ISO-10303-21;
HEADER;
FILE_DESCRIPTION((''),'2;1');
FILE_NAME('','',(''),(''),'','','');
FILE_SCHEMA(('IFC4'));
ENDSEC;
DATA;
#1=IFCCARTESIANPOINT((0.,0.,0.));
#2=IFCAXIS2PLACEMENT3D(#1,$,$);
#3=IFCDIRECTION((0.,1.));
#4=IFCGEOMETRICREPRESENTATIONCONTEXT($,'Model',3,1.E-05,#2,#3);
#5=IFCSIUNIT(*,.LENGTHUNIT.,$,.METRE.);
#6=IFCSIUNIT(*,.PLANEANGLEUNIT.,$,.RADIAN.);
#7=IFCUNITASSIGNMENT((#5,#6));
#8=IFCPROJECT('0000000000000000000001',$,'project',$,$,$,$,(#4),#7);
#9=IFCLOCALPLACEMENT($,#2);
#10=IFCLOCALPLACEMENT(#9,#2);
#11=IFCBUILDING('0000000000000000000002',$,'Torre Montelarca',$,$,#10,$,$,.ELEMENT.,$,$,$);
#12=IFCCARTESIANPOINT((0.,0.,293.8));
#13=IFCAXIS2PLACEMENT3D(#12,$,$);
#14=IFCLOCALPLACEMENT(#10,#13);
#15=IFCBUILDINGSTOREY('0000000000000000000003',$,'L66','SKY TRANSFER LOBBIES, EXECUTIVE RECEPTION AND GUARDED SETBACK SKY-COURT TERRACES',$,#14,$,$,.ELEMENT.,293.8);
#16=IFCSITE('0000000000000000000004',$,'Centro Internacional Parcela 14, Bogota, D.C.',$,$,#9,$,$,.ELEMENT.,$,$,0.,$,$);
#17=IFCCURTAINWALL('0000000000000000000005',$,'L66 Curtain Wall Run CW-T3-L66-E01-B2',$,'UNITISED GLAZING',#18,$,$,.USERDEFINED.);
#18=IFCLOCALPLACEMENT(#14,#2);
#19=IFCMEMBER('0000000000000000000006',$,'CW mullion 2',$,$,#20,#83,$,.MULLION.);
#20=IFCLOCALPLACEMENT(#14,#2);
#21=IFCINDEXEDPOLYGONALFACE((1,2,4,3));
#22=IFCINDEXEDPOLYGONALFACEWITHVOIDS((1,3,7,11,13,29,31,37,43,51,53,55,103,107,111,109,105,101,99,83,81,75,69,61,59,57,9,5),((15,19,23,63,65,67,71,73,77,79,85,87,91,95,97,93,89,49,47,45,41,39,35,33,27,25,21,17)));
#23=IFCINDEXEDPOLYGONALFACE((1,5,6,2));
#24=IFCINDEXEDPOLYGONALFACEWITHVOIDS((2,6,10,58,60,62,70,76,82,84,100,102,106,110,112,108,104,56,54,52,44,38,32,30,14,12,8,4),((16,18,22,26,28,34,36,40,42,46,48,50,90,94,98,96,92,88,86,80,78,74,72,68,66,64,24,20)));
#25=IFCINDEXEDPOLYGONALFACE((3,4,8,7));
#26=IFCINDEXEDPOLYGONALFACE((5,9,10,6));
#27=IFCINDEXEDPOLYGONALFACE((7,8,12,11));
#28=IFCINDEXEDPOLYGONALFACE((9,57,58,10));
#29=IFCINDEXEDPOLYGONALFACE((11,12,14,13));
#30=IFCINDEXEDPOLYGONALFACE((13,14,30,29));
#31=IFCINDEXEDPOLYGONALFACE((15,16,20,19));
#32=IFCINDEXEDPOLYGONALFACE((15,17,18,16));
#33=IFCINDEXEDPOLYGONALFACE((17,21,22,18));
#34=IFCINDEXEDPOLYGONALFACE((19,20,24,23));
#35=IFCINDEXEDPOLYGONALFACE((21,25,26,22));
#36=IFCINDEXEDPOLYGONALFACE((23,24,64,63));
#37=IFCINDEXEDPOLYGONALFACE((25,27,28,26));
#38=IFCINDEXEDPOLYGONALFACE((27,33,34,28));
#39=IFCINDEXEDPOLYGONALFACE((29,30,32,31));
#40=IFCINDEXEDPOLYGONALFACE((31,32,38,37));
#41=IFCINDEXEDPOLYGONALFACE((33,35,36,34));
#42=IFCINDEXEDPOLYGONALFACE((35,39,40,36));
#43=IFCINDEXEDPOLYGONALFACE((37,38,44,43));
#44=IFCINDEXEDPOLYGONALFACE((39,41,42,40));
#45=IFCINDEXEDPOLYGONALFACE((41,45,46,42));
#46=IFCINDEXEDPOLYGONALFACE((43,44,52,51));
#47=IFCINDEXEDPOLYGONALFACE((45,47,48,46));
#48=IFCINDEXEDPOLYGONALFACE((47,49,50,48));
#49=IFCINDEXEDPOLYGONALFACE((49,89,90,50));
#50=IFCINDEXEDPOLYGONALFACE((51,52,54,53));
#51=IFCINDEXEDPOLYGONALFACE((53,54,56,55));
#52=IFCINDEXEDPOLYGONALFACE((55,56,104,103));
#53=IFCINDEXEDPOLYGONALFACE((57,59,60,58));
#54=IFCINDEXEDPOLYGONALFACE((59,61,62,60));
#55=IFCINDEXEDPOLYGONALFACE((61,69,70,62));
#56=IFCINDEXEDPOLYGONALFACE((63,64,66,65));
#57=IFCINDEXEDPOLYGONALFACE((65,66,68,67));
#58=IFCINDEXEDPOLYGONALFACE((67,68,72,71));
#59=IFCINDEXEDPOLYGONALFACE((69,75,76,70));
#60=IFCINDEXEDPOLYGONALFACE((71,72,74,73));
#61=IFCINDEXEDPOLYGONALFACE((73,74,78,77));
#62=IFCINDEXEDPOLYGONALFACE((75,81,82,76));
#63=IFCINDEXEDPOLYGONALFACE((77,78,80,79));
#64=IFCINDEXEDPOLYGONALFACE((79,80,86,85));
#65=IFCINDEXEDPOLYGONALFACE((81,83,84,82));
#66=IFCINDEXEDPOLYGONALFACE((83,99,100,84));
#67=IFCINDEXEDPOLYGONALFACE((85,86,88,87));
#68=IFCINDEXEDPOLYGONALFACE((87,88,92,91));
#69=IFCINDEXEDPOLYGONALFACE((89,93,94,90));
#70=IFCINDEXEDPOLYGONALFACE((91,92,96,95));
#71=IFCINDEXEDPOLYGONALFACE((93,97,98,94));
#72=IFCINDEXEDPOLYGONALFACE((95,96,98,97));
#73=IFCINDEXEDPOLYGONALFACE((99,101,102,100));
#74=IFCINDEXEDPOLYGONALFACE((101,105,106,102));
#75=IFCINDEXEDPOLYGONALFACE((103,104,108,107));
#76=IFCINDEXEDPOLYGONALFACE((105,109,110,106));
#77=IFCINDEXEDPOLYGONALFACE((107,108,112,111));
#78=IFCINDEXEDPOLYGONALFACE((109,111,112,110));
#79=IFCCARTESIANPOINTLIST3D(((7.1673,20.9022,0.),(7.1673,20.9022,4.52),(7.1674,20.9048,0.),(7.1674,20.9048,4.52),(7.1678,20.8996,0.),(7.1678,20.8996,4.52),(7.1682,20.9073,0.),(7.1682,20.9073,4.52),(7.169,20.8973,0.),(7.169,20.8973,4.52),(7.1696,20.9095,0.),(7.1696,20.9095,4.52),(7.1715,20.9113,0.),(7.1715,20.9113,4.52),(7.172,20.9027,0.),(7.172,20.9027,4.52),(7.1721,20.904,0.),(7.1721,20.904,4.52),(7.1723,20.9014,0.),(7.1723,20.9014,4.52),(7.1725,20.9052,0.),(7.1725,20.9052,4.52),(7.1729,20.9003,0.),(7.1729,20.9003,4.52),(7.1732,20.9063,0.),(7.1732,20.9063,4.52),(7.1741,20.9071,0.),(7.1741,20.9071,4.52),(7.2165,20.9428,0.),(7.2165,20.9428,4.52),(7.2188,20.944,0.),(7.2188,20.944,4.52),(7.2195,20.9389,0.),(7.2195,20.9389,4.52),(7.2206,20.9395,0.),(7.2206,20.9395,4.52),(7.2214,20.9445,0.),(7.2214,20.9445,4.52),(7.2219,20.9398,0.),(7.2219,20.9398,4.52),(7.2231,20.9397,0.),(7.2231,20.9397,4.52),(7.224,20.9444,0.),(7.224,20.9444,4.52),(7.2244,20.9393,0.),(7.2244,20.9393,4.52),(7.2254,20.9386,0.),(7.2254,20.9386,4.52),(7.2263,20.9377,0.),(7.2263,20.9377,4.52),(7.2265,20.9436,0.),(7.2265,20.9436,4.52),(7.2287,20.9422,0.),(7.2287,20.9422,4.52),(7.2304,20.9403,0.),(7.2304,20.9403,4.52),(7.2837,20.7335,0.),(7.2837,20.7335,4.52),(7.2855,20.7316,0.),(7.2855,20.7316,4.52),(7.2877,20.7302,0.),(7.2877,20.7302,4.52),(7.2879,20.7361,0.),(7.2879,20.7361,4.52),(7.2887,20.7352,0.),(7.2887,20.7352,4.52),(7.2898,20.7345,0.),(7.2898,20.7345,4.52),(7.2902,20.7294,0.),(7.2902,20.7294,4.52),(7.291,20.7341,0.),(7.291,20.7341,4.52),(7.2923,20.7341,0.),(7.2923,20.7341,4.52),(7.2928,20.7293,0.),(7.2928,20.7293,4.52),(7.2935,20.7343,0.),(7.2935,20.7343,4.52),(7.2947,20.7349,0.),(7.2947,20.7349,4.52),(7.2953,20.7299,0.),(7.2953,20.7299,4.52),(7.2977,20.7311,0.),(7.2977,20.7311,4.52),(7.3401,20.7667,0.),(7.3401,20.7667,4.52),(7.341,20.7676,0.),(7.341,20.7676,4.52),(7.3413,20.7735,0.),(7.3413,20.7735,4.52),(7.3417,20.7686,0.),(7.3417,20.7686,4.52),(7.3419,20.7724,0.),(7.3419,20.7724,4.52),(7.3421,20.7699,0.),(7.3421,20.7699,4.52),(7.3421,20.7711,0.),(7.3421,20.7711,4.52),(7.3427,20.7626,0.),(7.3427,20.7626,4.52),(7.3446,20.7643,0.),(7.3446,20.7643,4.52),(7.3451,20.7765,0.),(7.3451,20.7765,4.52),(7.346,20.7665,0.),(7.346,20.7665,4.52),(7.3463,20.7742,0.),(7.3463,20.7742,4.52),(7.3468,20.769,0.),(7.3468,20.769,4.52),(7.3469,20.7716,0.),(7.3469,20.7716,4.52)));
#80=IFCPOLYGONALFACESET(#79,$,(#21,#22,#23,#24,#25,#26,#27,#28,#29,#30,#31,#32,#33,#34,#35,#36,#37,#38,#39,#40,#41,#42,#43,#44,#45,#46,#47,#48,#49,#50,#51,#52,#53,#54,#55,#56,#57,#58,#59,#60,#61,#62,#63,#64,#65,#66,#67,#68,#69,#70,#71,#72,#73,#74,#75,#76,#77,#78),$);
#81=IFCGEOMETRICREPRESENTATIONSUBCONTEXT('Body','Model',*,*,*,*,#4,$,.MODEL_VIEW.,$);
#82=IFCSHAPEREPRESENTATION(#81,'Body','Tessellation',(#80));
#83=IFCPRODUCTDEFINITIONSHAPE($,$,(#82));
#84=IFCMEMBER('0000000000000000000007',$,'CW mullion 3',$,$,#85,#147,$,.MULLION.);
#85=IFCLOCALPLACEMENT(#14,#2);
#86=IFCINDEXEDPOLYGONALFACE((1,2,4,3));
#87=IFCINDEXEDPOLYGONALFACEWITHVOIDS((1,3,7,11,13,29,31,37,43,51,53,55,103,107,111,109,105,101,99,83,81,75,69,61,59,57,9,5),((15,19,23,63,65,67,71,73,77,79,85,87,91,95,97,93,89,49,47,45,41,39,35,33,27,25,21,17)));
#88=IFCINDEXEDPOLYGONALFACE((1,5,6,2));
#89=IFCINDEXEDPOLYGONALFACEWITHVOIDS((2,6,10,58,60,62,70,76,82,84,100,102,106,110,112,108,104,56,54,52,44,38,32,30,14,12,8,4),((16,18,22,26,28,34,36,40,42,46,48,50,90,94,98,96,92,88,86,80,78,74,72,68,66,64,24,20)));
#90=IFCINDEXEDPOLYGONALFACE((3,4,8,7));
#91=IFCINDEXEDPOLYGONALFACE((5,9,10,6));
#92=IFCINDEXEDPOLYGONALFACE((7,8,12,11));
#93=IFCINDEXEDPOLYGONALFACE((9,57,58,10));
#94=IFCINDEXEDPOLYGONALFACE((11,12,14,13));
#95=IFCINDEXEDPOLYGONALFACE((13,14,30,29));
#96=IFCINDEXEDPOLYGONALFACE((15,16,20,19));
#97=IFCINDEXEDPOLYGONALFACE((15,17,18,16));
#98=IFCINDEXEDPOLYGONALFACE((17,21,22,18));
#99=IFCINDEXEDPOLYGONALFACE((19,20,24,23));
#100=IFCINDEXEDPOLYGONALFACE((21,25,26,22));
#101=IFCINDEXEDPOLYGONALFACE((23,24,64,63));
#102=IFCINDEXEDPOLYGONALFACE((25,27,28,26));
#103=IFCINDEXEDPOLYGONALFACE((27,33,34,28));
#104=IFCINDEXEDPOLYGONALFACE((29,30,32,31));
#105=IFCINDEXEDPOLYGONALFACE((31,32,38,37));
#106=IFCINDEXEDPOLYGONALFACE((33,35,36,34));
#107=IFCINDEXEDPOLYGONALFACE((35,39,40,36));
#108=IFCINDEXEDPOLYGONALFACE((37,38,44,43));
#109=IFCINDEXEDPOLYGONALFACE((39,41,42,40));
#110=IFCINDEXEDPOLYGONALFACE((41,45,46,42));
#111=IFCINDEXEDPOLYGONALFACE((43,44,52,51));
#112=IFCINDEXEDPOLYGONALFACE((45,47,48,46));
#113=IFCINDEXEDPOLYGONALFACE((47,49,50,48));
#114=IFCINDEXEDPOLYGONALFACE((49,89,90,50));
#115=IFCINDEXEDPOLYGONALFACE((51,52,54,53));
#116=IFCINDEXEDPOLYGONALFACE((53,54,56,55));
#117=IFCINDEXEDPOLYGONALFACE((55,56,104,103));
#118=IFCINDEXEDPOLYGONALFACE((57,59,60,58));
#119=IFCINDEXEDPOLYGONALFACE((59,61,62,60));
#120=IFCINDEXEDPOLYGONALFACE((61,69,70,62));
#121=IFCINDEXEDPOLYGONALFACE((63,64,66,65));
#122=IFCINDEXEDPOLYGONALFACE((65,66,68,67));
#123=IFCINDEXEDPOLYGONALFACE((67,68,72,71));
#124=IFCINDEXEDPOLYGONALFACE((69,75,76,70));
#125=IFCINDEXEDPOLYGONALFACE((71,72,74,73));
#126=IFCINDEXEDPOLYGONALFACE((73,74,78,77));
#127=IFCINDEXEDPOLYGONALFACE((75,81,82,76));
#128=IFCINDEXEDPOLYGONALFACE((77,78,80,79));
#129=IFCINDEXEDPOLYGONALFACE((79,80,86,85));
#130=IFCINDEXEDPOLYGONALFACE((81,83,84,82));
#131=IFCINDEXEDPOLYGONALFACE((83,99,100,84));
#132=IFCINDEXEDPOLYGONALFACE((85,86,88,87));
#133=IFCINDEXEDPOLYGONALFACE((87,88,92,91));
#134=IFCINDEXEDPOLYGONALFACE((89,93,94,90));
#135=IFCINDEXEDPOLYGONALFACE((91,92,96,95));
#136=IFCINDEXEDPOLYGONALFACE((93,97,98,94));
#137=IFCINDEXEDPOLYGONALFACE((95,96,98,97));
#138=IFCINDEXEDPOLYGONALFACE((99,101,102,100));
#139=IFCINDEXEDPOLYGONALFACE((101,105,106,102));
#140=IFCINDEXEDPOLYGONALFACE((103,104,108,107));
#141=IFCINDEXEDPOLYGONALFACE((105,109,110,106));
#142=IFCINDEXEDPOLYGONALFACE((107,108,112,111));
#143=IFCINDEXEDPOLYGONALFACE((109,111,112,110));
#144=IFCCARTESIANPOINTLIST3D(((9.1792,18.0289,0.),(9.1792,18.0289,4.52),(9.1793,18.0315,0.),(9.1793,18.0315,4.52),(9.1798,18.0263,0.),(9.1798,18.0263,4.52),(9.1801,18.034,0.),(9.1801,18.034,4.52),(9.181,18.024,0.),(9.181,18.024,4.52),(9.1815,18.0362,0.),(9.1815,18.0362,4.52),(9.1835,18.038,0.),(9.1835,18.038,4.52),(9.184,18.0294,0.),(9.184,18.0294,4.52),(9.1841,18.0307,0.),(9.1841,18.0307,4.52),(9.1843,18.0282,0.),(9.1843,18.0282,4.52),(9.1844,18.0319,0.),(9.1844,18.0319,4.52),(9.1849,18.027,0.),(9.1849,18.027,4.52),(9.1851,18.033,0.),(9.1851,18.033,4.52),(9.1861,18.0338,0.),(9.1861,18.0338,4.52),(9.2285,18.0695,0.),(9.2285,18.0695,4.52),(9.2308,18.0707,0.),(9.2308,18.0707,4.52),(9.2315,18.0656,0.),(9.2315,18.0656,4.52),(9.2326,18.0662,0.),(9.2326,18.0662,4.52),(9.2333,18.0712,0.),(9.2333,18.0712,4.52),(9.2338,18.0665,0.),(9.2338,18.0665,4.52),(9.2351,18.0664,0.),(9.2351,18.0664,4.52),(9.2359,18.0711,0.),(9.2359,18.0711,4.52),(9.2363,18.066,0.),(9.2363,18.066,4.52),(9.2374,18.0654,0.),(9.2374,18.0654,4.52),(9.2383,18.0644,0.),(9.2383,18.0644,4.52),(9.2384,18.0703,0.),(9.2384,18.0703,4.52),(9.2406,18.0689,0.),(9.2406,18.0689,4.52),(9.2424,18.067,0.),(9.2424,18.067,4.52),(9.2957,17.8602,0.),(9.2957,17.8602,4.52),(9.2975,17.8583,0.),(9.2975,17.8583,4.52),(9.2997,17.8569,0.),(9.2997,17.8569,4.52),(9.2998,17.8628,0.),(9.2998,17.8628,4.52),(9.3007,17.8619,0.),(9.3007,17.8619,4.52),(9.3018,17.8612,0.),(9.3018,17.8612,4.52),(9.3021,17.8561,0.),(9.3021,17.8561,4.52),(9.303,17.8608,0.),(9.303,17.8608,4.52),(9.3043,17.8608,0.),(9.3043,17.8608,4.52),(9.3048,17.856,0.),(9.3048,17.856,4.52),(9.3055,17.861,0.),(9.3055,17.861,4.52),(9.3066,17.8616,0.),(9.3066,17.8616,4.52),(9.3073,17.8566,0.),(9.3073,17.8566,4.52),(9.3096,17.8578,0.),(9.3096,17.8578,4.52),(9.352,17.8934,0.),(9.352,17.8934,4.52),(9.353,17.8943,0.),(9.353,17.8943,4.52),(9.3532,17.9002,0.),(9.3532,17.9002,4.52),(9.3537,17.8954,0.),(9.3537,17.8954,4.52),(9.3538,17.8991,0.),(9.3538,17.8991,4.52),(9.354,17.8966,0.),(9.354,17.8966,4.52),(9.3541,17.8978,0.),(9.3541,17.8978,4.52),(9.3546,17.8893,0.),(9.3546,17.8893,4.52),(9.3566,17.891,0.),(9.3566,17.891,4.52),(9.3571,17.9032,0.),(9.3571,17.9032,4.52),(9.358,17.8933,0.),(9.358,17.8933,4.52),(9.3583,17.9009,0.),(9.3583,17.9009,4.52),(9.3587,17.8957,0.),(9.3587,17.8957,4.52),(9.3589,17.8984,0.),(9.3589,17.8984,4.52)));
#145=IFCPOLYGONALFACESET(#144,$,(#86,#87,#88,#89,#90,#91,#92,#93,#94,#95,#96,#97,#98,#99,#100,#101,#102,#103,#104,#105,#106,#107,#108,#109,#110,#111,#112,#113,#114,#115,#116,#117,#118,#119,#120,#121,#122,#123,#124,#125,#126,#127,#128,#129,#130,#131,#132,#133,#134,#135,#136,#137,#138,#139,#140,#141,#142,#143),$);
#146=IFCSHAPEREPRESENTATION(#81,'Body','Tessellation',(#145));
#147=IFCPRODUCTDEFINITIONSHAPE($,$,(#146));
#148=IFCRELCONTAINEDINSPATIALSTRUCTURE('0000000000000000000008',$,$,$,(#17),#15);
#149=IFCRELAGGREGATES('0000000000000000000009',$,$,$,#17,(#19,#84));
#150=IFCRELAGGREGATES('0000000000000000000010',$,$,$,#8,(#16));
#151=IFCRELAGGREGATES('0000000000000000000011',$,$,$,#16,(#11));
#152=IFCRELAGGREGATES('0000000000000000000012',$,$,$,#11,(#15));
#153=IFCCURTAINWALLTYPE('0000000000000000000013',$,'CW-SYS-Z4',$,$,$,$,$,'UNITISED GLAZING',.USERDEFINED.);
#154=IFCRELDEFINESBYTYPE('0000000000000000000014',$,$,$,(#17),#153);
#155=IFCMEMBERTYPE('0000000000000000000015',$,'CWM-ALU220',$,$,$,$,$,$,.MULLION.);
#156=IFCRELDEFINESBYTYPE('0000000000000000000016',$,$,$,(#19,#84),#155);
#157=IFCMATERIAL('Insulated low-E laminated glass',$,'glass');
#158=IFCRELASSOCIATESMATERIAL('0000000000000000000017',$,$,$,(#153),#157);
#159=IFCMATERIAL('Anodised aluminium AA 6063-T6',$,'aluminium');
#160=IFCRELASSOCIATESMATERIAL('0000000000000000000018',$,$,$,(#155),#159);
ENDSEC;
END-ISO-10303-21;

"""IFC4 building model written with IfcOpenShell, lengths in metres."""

from ifc_helpers import new_model, si_unit, direction, frame, origin, origin_2d, place, context, subcontext, project, spatial, hollow_rectangle, extrude, source, transform, mapped, material, material_profile, profile_set, type_object, element, aggregate, save


model = new_model("IFC4")

# Units and contexts
model_context = context("Model", 3, precision=1e-05, world=origin(), true_north=direction((0.0, 1.0)))
body_context = subcontext(model_context, "Body", "Model", "MODEL_VIEW")
ifc_project = project(units=[si_unit("LENGTHUNIT", "METRE"), si_unit("PLANEANGLEUNIT", "RADIAN")], contexts=[model_context])

# Site, building, storey
site_placement = place(None, origin())
site = spatial("IfcSite", under=ifc_project, at=site_placement, Name="Centro Internacional Parcela 14, Bogota, D.C.", CompositionType="ELEMENT", RefElevation=0.0)
building_placement = place(site_placement, origin())
building = spatial("IfcBuilding", under=site, at=building_placement, Name="Torre Montelarca", CompositionType="ELEMENT")
storey_placement = place(building_placement, frame((0.0, 0.0, 293.8)))
storey = spatial("IfcBuildingStorey", under=building, at=storey_placement, Name="L66", Description="SKY TRANSFER LOBBIES, EXECUTIVE RECEPTION AND GUARDED SETBACK SKY-COURT TERRACES", CompositionType="ELEMENT", Elevation=293.8)

# Curtain wall, members
ifc_material_1 = material(Name="Insulated low-E laminated glass", Category="glass")
curtain_wall_type = type_object("IfcCurtainWallType", Name="CW-SYS-Z4", ElementType="UNITISED GLAZING", PredefinedType="USERDEFINED", material=ifc_material_1)
ifc_material_2 = material(Name="Anodised aluminium AA 6063-T6", Category="aluminium")
ifc_material_profile_1 = material_profile(ifc_material_2, hollow_rectangle(XDim=0.075, YDim=0.22, WallThickness=0.0049, InnerFilletRadius=0.0049, OuterFilletRadius=0.01, at=origin_2d()), Name="ALU75X220X5", Category="aluminium")
ifc_profile_set_1 = profile_set([ifc_material_profile_1], Name="Anodised aluminium AA 6063-T6")
member_type_1 = type_object("IfcMemberType", Name="CWM-ALU220", PredefinedType="MULLION", material=ifc_profile_set_1)
shared_shape_1 = source(origin(), body_context, "Body", "SweptSolid", [
    extrude(hollow_rectangle(XDim=0.075, YDim=0.22, WallThickness=0.0049, InnerFilletRadius=0.0049, OuterFilletRadius=0.01, at=origin_2d()), origin(), (0.0, 0.0, 1.0), 4.52),
])
curtain_wall_1_placement = place(storey_placement, origin())
curtain_wall_1 = element("IfcCurtainWall", 1, at=curtain_wall_1_placement, inside=storey, type_object=curtain_wall_type, Name="L66 Curtain Wall Run CW-T3-L66-E01-B2", ObjectType="UNITISED GLAZING", PredefinedType="USERDEFINED")
member_1_placement = place(storey_placement, frame((7.2571, 20.8369, 0.0), z_axis=(0.0, 0.0, 1.0), x_axis=(0.819156, 0.57357, 0.0)))
member_1 = element("IfcMember", 2, at=member_1_placement, type_object=member_type_1, Name="CW mullion 2", PredefinedType="MULLION", context=body_context, shape_type="MappedRepresentation", body=[
    mapped(shared_shape_1, transform((0.0, 0.0, 0.0), scale=1.0)),
])
member_2_placement = place(storey_placement, frame((9.269, 17.9636, 0.0), z_axis=(0.0, 0.0, 1.0), x_axis=(0.819156, 0.57357, 0.0)))
member_2 = element("IfcMember", 3, at=member_2_placement, type_object=member_type_1, Name="CW mullion 3", PredefinedType="MULLION", context=body_context, shape_type="MappedRepresentation", body=[
    mapped(shared_shape_1, transform((0.0, 0.0, 0.0), scale=1.0)),
])

aggregate(curtain_wall_1, [member_1, member_2])

save(model, "model.ifc")
